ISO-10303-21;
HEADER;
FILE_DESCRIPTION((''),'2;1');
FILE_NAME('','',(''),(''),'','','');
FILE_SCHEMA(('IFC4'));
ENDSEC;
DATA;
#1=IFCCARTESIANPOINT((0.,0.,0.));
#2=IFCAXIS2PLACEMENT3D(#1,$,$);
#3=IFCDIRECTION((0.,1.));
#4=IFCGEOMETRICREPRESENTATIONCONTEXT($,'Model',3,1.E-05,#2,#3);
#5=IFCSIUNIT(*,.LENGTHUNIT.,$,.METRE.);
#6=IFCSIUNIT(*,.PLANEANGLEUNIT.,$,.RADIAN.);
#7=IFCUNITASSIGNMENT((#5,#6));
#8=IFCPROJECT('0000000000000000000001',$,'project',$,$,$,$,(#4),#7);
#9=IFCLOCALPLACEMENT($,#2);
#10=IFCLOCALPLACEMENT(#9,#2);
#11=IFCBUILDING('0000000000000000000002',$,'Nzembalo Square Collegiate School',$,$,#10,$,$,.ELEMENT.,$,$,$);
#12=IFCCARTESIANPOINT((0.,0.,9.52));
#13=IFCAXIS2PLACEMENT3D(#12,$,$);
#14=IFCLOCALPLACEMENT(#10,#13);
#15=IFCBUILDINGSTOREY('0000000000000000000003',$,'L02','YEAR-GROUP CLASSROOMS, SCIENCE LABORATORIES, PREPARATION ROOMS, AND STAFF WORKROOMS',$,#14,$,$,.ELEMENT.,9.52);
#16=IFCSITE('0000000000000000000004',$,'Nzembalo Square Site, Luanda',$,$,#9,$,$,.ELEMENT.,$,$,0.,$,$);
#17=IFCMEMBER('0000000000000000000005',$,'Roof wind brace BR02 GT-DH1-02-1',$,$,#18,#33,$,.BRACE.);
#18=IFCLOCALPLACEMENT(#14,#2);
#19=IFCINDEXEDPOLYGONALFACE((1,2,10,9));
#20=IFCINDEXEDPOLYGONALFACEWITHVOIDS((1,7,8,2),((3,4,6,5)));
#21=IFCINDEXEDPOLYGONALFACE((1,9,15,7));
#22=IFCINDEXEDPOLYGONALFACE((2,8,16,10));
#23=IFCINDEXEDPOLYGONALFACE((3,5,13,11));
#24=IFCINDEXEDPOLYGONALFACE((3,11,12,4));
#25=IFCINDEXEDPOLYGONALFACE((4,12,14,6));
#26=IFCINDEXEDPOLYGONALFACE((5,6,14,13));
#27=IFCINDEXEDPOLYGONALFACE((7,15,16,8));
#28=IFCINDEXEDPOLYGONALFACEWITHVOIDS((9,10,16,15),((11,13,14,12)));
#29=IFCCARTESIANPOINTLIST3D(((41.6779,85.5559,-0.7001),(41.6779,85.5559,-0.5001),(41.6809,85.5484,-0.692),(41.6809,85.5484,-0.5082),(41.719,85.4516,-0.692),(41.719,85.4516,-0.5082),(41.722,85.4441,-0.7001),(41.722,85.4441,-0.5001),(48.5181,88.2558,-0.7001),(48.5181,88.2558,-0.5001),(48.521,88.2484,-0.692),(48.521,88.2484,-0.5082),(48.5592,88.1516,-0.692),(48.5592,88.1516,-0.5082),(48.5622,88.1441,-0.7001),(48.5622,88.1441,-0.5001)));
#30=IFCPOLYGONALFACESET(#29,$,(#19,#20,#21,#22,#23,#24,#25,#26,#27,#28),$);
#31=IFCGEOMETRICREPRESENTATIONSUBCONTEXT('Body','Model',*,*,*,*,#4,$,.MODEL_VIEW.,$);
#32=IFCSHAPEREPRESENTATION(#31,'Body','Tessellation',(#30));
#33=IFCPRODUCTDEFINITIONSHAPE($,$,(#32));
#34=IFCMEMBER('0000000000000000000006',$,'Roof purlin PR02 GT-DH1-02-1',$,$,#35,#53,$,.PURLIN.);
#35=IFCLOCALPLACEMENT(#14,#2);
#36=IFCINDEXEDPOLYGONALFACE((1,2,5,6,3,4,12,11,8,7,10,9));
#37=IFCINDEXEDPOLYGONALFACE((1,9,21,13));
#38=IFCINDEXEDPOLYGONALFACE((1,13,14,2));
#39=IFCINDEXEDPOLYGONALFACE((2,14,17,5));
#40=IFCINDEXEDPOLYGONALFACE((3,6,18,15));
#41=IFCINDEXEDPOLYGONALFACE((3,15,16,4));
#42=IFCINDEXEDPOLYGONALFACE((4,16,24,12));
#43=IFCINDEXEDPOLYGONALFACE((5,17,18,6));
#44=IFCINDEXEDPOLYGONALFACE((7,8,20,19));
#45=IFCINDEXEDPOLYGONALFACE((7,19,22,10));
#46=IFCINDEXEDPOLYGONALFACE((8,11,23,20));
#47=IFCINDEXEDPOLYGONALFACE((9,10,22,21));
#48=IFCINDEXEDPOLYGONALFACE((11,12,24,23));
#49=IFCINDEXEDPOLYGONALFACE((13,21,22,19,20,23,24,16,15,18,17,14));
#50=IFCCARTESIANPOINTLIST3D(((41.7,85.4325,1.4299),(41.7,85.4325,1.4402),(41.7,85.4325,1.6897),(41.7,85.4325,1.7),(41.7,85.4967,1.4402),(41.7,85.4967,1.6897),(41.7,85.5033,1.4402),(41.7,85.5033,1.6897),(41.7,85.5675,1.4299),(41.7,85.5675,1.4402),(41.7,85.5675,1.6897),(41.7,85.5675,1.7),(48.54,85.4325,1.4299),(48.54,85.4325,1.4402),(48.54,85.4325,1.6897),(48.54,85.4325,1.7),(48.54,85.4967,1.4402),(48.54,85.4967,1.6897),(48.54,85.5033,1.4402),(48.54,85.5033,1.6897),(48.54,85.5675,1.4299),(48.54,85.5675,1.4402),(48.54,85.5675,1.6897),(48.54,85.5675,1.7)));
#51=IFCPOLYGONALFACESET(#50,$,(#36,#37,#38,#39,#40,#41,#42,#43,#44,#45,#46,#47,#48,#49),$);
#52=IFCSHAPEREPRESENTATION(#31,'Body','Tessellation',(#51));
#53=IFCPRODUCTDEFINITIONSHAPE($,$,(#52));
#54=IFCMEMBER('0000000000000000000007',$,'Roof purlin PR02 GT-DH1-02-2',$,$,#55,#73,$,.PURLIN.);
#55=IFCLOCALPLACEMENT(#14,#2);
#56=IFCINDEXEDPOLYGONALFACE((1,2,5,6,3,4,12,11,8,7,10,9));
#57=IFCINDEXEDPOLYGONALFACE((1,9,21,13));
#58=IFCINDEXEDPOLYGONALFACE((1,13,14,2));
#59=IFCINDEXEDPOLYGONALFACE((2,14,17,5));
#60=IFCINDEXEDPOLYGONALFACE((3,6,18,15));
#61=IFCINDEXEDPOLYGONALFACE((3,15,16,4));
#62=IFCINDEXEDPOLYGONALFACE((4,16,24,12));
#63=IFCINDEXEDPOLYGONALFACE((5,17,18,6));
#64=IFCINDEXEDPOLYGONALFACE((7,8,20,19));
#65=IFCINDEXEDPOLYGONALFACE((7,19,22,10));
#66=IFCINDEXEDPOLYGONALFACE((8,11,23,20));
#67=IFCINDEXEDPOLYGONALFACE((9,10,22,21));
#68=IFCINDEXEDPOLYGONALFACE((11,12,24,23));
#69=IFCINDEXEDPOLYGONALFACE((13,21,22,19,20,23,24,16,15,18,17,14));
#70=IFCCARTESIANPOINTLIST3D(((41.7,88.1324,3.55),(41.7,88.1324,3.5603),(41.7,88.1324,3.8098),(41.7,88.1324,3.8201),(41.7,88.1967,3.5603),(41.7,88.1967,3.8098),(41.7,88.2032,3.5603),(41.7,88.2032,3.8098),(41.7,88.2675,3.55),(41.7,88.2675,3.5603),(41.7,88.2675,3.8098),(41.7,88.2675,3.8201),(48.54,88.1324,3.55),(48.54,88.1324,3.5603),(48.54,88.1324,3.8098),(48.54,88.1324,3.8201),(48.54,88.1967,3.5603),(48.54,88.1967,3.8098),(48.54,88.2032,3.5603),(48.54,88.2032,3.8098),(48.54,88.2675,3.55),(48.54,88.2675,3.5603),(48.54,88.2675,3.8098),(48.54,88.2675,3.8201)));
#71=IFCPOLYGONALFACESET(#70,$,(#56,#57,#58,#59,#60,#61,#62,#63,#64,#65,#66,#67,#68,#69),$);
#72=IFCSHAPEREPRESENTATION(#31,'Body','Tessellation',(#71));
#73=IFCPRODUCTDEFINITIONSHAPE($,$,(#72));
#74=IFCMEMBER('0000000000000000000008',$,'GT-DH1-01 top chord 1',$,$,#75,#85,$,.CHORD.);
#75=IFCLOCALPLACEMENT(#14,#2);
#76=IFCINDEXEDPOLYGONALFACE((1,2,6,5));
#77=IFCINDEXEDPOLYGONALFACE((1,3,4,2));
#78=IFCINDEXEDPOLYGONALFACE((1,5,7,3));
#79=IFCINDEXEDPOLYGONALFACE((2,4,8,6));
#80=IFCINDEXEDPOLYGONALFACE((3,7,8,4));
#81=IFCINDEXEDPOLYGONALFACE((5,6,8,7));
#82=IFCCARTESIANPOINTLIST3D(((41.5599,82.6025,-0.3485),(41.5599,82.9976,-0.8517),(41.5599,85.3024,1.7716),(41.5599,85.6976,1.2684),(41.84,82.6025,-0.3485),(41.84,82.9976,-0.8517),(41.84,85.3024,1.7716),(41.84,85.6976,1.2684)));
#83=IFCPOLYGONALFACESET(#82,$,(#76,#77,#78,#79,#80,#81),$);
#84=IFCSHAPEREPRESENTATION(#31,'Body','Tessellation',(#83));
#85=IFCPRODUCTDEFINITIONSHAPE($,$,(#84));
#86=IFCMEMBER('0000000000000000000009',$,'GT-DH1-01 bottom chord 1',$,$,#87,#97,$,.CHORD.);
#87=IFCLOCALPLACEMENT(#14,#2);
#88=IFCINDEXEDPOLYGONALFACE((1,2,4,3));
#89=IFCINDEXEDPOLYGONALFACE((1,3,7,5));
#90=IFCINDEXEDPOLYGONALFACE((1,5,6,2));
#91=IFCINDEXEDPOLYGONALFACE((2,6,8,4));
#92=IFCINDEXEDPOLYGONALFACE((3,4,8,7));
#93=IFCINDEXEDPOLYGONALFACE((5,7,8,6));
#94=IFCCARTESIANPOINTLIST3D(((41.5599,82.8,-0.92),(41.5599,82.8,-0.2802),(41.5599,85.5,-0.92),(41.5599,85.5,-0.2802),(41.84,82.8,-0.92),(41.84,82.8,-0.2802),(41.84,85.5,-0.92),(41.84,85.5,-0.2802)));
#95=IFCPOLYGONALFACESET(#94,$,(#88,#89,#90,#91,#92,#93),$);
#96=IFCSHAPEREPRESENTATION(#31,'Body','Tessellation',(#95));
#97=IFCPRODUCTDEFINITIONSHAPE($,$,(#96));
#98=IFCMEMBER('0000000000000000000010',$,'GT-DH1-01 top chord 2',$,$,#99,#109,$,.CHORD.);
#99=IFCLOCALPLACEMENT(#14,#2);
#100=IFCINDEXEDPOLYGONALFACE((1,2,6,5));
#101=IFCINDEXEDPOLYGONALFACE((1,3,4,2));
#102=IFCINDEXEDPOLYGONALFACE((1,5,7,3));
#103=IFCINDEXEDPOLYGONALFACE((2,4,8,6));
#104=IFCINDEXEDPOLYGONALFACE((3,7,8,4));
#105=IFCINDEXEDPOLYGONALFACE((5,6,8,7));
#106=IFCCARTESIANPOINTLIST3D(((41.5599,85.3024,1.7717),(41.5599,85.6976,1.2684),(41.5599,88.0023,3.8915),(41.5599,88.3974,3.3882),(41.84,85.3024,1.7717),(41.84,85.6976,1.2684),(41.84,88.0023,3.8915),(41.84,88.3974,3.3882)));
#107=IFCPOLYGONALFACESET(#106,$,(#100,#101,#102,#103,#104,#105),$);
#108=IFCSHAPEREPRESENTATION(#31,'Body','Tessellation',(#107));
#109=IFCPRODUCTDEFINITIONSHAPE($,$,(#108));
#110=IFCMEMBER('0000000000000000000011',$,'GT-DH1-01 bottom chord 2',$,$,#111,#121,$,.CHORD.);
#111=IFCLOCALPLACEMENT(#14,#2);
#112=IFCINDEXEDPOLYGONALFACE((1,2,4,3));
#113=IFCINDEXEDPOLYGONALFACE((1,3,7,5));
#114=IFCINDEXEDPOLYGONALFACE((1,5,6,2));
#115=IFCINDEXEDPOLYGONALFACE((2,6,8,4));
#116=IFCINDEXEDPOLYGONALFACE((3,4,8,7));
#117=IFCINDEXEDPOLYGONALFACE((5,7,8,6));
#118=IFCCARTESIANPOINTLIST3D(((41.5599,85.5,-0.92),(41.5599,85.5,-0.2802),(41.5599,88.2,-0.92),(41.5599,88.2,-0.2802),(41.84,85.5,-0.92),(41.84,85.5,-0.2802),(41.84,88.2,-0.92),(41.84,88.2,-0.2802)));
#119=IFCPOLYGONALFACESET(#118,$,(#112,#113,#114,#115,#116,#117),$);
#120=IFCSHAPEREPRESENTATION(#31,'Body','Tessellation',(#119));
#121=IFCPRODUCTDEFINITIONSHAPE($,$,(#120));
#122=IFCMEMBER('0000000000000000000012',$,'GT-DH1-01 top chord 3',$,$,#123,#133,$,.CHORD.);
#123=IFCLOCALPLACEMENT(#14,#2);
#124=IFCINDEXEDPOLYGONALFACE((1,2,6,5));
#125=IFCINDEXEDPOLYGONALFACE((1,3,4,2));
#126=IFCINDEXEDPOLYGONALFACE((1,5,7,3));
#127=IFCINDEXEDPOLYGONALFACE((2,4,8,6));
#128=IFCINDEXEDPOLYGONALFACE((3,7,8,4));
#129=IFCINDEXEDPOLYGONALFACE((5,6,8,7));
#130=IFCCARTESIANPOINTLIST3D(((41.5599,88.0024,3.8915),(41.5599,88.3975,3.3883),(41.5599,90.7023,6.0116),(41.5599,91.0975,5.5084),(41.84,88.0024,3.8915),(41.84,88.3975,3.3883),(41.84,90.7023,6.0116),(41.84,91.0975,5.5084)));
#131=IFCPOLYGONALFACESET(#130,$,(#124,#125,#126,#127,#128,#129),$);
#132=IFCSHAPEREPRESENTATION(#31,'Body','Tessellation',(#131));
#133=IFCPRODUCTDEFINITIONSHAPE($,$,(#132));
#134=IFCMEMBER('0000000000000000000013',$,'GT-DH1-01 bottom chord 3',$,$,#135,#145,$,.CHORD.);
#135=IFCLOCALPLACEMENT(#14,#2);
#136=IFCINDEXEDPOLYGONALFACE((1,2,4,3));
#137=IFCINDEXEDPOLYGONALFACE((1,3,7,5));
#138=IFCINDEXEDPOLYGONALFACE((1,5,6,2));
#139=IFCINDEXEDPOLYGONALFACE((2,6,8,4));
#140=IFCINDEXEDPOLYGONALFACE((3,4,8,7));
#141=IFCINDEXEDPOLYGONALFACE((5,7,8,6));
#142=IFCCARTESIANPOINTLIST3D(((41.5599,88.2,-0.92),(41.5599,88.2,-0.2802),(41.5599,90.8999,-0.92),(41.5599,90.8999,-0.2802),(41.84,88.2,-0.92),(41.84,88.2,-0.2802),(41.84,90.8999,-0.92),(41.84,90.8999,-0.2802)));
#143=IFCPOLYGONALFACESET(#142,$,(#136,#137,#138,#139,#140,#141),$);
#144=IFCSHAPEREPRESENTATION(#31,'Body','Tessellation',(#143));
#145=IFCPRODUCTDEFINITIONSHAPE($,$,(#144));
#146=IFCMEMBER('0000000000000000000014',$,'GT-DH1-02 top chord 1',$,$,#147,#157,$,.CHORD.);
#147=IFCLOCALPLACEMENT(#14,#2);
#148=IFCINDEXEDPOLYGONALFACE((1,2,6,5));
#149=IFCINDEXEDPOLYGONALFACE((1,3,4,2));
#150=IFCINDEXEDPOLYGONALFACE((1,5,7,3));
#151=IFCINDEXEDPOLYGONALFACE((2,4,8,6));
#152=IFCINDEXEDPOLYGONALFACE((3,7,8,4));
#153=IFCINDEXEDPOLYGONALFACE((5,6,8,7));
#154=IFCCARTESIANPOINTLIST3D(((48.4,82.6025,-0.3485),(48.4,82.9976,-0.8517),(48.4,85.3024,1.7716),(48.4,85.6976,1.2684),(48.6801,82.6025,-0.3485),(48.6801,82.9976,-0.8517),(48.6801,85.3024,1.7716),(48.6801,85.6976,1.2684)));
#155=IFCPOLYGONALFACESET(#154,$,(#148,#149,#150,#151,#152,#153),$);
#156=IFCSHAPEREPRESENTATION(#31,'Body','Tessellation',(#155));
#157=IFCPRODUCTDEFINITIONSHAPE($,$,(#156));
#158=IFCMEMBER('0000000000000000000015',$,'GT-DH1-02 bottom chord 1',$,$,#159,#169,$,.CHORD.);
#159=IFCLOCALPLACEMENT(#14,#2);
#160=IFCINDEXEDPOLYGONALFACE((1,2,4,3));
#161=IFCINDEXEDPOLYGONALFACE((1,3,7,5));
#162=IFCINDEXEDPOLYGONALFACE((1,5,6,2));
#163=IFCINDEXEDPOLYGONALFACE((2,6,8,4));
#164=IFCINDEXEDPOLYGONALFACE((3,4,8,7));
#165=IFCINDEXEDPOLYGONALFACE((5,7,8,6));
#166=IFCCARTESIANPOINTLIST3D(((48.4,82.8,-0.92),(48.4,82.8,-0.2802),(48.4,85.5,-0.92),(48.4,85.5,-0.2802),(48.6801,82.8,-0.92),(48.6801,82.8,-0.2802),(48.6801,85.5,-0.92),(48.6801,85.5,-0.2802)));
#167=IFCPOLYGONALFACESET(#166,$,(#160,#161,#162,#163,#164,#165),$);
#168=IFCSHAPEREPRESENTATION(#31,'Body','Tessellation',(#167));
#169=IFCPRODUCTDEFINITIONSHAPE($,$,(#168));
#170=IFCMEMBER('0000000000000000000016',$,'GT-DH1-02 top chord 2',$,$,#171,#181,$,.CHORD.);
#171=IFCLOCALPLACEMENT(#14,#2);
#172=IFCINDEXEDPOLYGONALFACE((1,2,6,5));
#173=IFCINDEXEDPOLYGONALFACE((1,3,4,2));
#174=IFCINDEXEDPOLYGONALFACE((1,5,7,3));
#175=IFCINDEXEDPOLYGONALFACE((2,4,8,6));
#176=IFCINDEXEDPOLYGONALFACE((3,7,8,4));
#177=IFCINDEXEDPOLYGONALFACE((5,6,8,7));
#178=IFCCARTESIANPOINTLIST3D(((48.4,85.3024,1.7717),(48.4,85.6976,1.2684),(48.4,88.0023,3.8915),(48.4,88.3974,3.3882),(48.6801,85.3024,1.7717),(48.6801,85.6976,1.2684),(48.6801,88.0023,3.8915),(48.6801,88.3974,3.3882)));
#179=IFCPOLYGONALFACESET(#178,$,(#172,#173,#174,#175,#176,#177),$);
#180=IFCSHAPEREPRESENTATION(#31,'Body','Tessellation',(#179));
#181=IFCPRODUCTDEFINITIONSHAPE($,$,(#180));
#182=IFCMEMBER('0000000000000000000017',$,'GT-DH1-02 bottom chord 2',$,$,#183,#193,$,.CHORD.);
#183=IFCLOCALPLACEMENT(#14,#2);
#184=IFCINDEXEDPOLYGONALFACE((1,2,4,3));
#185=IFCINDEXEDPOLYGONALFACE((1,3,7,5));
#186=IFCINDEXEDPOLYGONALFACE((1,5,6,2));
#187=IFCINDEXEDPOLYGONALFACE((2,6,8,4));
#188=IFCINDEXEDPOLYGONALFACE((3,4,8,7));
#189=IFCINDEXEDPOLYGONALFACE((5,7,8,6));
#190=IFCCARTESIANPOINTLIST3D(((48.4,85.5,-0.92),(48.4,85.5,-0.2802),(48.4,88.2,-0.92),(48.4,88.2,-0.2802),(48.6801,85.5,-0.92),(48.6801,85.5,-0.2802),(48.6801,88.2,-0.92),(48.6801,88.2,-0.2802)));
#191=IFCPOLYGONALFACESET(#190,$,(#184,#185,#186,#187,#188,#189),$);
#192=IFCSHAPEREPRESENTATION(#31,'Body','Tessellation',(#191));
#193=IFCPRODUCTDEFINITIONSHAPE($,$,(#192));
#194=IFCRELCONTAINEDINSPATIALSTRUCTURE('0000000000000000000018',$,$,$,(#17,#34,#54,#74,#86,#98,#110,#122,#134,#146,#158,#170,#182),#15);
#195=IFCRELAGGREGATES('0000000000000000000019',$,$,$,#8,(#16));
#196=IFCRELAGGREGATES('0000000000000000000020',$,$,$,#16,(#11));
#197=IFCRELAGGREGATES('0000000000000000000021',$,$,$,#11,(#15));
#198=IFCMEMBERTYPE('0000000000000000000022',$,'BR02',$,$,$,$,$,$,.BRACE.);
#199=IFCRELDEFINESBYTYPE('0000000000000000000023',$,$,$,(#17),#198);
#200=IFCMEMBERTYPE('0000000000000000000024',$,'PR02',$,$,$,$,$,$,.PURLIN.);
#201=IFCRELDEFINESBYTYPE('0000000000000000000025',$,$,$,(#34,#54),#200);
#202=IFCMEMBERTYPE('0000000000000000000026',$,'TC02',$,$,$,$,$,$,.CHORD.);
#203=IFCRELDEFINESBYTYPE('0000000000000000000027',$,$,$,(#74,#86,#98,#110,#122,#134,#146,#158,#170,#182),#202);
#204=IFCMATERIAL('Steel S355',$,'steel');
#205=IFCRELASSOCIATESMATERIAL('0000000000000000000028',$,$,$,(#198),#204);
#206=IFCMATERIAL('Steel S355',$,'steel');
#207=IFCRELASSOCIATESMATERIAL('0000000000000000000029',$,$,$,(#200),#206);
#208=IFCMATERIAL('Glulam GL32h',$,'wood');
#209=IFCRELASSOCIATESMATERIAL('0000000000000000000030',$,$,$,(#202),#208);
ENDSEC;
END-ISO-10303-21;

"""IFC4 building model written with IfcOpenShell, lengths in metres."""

from ifc_helpers import new_model, si_unit, direction, frame, origin, origin_2d, place, context, subcontext, project, spatial, rectangle, hollow_rectangle, i_section, extrude, material, material_profile, profile_set, type_object, element, save


model = new_model("IFC4")

# Units and contexts
model_context = context("Model", 3, precision=1e-05, world=origin(), true_north=direction((0.0, 1.0)))
body_context = subcontext(model_context, "Body", "Model", "MODEL_VIEW")
ifc_project = project(units=[si_unit("LENGTHUNIT", "METRE"), si_unit("PLANEANGLEUNIT", "RADIAN")], contexts=[model_context])

# Site, building, storey
site_placement = place(None, origin())
site = spatial("IfcSite", under=ifc_project, at=site_placement, Name="Nzembalo Square Site, Luanda", CompositionType="ELEMENT", RefElevation=0.0)
building_placement = place(site_placement, origin())
building = spatial("IfcBuilding", under=site, at=building_placement, Name="Nzembalo Square Collegiate School", CompositionType="ELEMENT")
storey_placement = place(building_placement, frame((0.0, 0.0, 9.52)))
storey = spatial("IfcBuildingStorey", under=building, at=storey_placement, Name="L02", Description="YEAR-GROUP CLASSROOMS, SCIENCE LABORATORIES, PREPARATION ROOMS, AND STAFF WORKROOMS", CompositionType="ELEMENT", Elevation=9.52)

# Members
ifc_material_1 = material(Name="Steel S355", Category="steel")
ifc_material_profile_1 = material_profile(ifc_material_1, hollow_rectangle(XDim=0.1201, YDim=0.2, WallThickness=0.0081, at=origin_2d()), Name="RHS 200x120x8")
ifc_profile_set_1 = profile_set([ifc_material_profile_1], Name="Steel S355")
member_type_1 = type_object("IfcMemberType", Name="BR02", PredefinedType="BRACE", material=ifc_profile_set_1)
member_1_placement = place(storey_placement, frame((41.7, 85.5, -0.6001), z_axis=(0.930159, 0.367157, 0.0), x_axis=(-0.367157, 0.930159, 0.0)))
element("IfcMember", 1, at=member_1_placement, inside=storey, type_object=member_type_1, Name="Roof wind brace BR02 GT-DH1-02-1", PredefinedType="BRACE", context=body_context, shape_type="SweptSolid", body=[
    extrude(hollow_rectangle(XDim=0.1201, YDim=0.2, WallThickness=0.0081, at=origin_2d()), origin(), (0.0, 0.0, 1.0), 7.3538),
])
ifc_material_2 = material(Name="Steel S355", Category="steel")
ifc_material_profile_2 = material_profile(ifc_material_2, i_section(OverallWidth=0.135, OverallDepth=0.27, WebThickness=0.0066, FlangeThickness=0.0103, at=origin_2d()), Name="IPE 270")
ifc_profile_set_2 = profile_set([ifc_material_profile_2], Name="Steel S355")
member_type_2 = type_object("IfcMemberType", Name="PR02", PredefinedType="PURLIN", material=ifc_profile_set_2)
for number, where, z_axis, x_axis, name in (
    (2, (41.7, 85.5, 1.5649), (1.0, 0.0, 0.0), (0.0, 1.0, 0.0), "Roof purlin PR02 GT-DH1-02-1"),
    (3, (41.7, 88.2, 3.6851), (1.0, 0.0, 0.0), (0.0, 1.0, 0.0), "Roof purlin PR02 GT-DH1-02-2"),
):
    element("IfcMember", number, at=place(storey_placement, frame(where, z_axis=z_axis, x_axis=x_axis)), inside=storey, type_object=member_type_2, Name=name, PredefinedType="PURLIN", context=body_context, shape_type="SweptSolid", body=[
        extrude(i_section(OverallWidth=0.135, OverallDepth=0.27, WebThickness=0.0066, FlangeThickness=0.0103, at=origin_2d()), origin(), (0.0, 0.0, 1.0), 6.8401),
    ])
ifc_material_3 = material(Name="Glulam GL32h", Category="wood")
ifc_material_profile_3 = material_profile(ifc_material_3, rectangle(XDim=0.28, YDim=0.6399, at=origin_2d()), Name="GL32h 280x640")
ifc_profile_set_3 = profile_set([ifc_material_profile_3], Name="Glulam GL32h")
member_type_3 = type_object("IfcMemberType", Name="TC02", PredefinedType="CHORD", material=ifc_profile_set_3)
member_2_placement = place(storey_placement, frame((41.7, 82.8, -0.6001), z_axis=(0.0, 0.786498, 0.617592), x_axis=(-1.0, 0.0, 0.0)))
element("IfcMember", 4, at=member_2_placement, inside=storey, type_object=member_type_3, Name="GT-DH1-01 top chord 1", PredefinedType="CHORD", context=body_context, shape_type="SweptSolid", body=[
    extrude(rectangle(XDim=0.28, YDim=0.6399, at=origin_2d()), origin(), (0.0, 0.0, 1.0), 3.4329),
])
member_3_placement = place(storey_placement, frame((41.7, 82.8, -0.6001), z_axis=(0.0, 1.0, 0.0), x_axis=(-1.0, 0.0, 0.0)))
element("IfcMember", 5, at=member_3_placement, inside=storey, type_object=member_type_3, Name="GT-DH1-01 bottom chord 1", PredefinedType="CHORD", context=body_context, shape_type="SweptSolid", body=[
    extrude(rectangle(XDim=0.28, YDim=0.6399, at=origin_2d()), origin(), (0.0, 0.0, 1.0), 2.7),
])
member_4_placement = place(storey_placement, frame((41.7, 85.5, 1.52), z_axis=(0.0, 0.786533, 0.617548), x_axis=(-1.0, 0.0, 0.0)))
element("IfcMember", 6, at=member_4_placement, inside=storey, type_object=member_type_3, Name="GT-DH1-01 top chord 2", PredefinedType="CHORD", context=body_context, shape_type="SweptSolid", body=[
    extrude(rectangle(XDim=0.28, YDim=0.6399, at=origin_2d()), origin(), (0.0, 0.0, 1.0), 3.4326),
])
member_5_placement = place(storey_placement, frame((41.7, 85.5, -0.6001), z_axis=(0.0, 1.0, 0.0), x_axis=(-1.0, 0.0, 0.0)))
element("IfcMember", 7, at=member_5_placement, inside=storey, type_object=member_type_3, Name="GT-DH1-01 bottom chord 2", PredefinedType="CHORD", context=body_context, shape_type="SweptSolid", body=[
    extrude(rectangle(XDim=0.28, YDim=0.6399, at=origin_2d()), origin(), (0.0, 0.0, 1.0), 2.7),
])
member_6_placement = place(storey_placement, frame((41.7, 88.2, 3.6399), z_axis=(0.0, 0.786498, 0.617592), x_axis=(-1.0, 0.0, 0.0)))
element("IfcMember", 8, at=member_6_placement, inside=storey, type_object=member_type_3, Name="GT-DH1-01 top chord 3", PredefinedType="CHORD", context=body_context, shape_type="SweptSolid", body=[
    extrude(rectangle(XDim=0.28, YDim=0.6399, at=origin_2d()), origin(), (0.0, 0.0, 1.0), 3.4329),
])
member_7_placement = place(storey_placement, frame((41.7, 88.2, -0.6001), z_axis=(0.0, 1.0, 0.0), x_axis=(-1.0, 0.0, 0.0)))
element("IfcMember", 9, at=member_7_placement, inside=storey, type_object=member_type_3, Name="GT-DH1-01 bottom chord 3", PredefinedType="CHORD", context=body_context, shape_type="SweptSolid", body=[
    extrude(rectangle(XDim=0.28, YDim=0.6399, at=origin_2d()), origin(), (0.0, 0.0, 1.0), 2.7),
])
member_8_placement = place(storey_placement, frame((48.54, 82.8, -0.6001), z_axis=(0.0, 0.786498, 0.617592), x_axis=(-1.0, 0.0, 0.0)))
element("IfcMember", 10, at=member_8_placement, inside=storey, type_object=member_type_3, Name="GT-DH1-02 top chord 1", PredefinedType="CHORD", context=body_context, shape_type="SweptSolid", body=[
    extrude(rectangle(XDim=0.28, YDim=0.6399, at=origin_2d()), origin(), (0.0, 0.0, 1.0), 3.4329),
])
member_9_placement = place(storey_placement, frame((48.54, 82.8, -0.6001), z_axis=(0.0, 1.0, 0.0), x_axis=(-1.0, 0.0, 0.0)))
element("IfcMember", 11, at=member_9_placement, inside=storey, type_object=member_type_3, Name="GT-DH1-02 bottom chord 1", PredefinedType="CHORD", context=body_context, shape_type="SweptSolid", body=[
    extrude(rectangle(XDim=0.28, YDim=0.6399, at=origin_2d()), origin(), (0.0, 0.0, 1.0), 2.7),
])
member_10_placement = place(storey_placement, frame((48.54, 85.5, 1.52), z_axis=(0.0, 0.786533, 0.617548), x_axis=(-1.0, 0.0, 0.0)))
element("IfcMember", 12, at=member_10_placement, inside=storey, type_object=member_type_3, Name="GT-DH1-02 top chord 2", PredefinedType="CHORD", context=body_context, shape_type="SweptSolid", body=[
    extrude(rectangle(XDim=0.28, YDim=0.6399, at=origin_2d()), origin(), (0.0, 0.0, 1.0), 3.4326),
])
member_11_placement = place(storey_placement, frame((48.54, 85.5, -0.6001), z_axis=(0.0, 1.0, 0.0), x_axis=(-1.0, 0.0, 0.0)))
element("IfcMember", 13, at=member_11_placement, inside=storey, type_object=member_type_3, Name="GT-DH1-02 bottom chord 2", PredefinedType="CHORD", context=body_context, shape_type="SweptSolid", body=[
    extrude(rectangle(XDim=0.28, YDim=0.6399, at=origin_2d()), origin(), (0.0, 0.0, 1.0), 2.7),
])

save(model, "model.ifc")
